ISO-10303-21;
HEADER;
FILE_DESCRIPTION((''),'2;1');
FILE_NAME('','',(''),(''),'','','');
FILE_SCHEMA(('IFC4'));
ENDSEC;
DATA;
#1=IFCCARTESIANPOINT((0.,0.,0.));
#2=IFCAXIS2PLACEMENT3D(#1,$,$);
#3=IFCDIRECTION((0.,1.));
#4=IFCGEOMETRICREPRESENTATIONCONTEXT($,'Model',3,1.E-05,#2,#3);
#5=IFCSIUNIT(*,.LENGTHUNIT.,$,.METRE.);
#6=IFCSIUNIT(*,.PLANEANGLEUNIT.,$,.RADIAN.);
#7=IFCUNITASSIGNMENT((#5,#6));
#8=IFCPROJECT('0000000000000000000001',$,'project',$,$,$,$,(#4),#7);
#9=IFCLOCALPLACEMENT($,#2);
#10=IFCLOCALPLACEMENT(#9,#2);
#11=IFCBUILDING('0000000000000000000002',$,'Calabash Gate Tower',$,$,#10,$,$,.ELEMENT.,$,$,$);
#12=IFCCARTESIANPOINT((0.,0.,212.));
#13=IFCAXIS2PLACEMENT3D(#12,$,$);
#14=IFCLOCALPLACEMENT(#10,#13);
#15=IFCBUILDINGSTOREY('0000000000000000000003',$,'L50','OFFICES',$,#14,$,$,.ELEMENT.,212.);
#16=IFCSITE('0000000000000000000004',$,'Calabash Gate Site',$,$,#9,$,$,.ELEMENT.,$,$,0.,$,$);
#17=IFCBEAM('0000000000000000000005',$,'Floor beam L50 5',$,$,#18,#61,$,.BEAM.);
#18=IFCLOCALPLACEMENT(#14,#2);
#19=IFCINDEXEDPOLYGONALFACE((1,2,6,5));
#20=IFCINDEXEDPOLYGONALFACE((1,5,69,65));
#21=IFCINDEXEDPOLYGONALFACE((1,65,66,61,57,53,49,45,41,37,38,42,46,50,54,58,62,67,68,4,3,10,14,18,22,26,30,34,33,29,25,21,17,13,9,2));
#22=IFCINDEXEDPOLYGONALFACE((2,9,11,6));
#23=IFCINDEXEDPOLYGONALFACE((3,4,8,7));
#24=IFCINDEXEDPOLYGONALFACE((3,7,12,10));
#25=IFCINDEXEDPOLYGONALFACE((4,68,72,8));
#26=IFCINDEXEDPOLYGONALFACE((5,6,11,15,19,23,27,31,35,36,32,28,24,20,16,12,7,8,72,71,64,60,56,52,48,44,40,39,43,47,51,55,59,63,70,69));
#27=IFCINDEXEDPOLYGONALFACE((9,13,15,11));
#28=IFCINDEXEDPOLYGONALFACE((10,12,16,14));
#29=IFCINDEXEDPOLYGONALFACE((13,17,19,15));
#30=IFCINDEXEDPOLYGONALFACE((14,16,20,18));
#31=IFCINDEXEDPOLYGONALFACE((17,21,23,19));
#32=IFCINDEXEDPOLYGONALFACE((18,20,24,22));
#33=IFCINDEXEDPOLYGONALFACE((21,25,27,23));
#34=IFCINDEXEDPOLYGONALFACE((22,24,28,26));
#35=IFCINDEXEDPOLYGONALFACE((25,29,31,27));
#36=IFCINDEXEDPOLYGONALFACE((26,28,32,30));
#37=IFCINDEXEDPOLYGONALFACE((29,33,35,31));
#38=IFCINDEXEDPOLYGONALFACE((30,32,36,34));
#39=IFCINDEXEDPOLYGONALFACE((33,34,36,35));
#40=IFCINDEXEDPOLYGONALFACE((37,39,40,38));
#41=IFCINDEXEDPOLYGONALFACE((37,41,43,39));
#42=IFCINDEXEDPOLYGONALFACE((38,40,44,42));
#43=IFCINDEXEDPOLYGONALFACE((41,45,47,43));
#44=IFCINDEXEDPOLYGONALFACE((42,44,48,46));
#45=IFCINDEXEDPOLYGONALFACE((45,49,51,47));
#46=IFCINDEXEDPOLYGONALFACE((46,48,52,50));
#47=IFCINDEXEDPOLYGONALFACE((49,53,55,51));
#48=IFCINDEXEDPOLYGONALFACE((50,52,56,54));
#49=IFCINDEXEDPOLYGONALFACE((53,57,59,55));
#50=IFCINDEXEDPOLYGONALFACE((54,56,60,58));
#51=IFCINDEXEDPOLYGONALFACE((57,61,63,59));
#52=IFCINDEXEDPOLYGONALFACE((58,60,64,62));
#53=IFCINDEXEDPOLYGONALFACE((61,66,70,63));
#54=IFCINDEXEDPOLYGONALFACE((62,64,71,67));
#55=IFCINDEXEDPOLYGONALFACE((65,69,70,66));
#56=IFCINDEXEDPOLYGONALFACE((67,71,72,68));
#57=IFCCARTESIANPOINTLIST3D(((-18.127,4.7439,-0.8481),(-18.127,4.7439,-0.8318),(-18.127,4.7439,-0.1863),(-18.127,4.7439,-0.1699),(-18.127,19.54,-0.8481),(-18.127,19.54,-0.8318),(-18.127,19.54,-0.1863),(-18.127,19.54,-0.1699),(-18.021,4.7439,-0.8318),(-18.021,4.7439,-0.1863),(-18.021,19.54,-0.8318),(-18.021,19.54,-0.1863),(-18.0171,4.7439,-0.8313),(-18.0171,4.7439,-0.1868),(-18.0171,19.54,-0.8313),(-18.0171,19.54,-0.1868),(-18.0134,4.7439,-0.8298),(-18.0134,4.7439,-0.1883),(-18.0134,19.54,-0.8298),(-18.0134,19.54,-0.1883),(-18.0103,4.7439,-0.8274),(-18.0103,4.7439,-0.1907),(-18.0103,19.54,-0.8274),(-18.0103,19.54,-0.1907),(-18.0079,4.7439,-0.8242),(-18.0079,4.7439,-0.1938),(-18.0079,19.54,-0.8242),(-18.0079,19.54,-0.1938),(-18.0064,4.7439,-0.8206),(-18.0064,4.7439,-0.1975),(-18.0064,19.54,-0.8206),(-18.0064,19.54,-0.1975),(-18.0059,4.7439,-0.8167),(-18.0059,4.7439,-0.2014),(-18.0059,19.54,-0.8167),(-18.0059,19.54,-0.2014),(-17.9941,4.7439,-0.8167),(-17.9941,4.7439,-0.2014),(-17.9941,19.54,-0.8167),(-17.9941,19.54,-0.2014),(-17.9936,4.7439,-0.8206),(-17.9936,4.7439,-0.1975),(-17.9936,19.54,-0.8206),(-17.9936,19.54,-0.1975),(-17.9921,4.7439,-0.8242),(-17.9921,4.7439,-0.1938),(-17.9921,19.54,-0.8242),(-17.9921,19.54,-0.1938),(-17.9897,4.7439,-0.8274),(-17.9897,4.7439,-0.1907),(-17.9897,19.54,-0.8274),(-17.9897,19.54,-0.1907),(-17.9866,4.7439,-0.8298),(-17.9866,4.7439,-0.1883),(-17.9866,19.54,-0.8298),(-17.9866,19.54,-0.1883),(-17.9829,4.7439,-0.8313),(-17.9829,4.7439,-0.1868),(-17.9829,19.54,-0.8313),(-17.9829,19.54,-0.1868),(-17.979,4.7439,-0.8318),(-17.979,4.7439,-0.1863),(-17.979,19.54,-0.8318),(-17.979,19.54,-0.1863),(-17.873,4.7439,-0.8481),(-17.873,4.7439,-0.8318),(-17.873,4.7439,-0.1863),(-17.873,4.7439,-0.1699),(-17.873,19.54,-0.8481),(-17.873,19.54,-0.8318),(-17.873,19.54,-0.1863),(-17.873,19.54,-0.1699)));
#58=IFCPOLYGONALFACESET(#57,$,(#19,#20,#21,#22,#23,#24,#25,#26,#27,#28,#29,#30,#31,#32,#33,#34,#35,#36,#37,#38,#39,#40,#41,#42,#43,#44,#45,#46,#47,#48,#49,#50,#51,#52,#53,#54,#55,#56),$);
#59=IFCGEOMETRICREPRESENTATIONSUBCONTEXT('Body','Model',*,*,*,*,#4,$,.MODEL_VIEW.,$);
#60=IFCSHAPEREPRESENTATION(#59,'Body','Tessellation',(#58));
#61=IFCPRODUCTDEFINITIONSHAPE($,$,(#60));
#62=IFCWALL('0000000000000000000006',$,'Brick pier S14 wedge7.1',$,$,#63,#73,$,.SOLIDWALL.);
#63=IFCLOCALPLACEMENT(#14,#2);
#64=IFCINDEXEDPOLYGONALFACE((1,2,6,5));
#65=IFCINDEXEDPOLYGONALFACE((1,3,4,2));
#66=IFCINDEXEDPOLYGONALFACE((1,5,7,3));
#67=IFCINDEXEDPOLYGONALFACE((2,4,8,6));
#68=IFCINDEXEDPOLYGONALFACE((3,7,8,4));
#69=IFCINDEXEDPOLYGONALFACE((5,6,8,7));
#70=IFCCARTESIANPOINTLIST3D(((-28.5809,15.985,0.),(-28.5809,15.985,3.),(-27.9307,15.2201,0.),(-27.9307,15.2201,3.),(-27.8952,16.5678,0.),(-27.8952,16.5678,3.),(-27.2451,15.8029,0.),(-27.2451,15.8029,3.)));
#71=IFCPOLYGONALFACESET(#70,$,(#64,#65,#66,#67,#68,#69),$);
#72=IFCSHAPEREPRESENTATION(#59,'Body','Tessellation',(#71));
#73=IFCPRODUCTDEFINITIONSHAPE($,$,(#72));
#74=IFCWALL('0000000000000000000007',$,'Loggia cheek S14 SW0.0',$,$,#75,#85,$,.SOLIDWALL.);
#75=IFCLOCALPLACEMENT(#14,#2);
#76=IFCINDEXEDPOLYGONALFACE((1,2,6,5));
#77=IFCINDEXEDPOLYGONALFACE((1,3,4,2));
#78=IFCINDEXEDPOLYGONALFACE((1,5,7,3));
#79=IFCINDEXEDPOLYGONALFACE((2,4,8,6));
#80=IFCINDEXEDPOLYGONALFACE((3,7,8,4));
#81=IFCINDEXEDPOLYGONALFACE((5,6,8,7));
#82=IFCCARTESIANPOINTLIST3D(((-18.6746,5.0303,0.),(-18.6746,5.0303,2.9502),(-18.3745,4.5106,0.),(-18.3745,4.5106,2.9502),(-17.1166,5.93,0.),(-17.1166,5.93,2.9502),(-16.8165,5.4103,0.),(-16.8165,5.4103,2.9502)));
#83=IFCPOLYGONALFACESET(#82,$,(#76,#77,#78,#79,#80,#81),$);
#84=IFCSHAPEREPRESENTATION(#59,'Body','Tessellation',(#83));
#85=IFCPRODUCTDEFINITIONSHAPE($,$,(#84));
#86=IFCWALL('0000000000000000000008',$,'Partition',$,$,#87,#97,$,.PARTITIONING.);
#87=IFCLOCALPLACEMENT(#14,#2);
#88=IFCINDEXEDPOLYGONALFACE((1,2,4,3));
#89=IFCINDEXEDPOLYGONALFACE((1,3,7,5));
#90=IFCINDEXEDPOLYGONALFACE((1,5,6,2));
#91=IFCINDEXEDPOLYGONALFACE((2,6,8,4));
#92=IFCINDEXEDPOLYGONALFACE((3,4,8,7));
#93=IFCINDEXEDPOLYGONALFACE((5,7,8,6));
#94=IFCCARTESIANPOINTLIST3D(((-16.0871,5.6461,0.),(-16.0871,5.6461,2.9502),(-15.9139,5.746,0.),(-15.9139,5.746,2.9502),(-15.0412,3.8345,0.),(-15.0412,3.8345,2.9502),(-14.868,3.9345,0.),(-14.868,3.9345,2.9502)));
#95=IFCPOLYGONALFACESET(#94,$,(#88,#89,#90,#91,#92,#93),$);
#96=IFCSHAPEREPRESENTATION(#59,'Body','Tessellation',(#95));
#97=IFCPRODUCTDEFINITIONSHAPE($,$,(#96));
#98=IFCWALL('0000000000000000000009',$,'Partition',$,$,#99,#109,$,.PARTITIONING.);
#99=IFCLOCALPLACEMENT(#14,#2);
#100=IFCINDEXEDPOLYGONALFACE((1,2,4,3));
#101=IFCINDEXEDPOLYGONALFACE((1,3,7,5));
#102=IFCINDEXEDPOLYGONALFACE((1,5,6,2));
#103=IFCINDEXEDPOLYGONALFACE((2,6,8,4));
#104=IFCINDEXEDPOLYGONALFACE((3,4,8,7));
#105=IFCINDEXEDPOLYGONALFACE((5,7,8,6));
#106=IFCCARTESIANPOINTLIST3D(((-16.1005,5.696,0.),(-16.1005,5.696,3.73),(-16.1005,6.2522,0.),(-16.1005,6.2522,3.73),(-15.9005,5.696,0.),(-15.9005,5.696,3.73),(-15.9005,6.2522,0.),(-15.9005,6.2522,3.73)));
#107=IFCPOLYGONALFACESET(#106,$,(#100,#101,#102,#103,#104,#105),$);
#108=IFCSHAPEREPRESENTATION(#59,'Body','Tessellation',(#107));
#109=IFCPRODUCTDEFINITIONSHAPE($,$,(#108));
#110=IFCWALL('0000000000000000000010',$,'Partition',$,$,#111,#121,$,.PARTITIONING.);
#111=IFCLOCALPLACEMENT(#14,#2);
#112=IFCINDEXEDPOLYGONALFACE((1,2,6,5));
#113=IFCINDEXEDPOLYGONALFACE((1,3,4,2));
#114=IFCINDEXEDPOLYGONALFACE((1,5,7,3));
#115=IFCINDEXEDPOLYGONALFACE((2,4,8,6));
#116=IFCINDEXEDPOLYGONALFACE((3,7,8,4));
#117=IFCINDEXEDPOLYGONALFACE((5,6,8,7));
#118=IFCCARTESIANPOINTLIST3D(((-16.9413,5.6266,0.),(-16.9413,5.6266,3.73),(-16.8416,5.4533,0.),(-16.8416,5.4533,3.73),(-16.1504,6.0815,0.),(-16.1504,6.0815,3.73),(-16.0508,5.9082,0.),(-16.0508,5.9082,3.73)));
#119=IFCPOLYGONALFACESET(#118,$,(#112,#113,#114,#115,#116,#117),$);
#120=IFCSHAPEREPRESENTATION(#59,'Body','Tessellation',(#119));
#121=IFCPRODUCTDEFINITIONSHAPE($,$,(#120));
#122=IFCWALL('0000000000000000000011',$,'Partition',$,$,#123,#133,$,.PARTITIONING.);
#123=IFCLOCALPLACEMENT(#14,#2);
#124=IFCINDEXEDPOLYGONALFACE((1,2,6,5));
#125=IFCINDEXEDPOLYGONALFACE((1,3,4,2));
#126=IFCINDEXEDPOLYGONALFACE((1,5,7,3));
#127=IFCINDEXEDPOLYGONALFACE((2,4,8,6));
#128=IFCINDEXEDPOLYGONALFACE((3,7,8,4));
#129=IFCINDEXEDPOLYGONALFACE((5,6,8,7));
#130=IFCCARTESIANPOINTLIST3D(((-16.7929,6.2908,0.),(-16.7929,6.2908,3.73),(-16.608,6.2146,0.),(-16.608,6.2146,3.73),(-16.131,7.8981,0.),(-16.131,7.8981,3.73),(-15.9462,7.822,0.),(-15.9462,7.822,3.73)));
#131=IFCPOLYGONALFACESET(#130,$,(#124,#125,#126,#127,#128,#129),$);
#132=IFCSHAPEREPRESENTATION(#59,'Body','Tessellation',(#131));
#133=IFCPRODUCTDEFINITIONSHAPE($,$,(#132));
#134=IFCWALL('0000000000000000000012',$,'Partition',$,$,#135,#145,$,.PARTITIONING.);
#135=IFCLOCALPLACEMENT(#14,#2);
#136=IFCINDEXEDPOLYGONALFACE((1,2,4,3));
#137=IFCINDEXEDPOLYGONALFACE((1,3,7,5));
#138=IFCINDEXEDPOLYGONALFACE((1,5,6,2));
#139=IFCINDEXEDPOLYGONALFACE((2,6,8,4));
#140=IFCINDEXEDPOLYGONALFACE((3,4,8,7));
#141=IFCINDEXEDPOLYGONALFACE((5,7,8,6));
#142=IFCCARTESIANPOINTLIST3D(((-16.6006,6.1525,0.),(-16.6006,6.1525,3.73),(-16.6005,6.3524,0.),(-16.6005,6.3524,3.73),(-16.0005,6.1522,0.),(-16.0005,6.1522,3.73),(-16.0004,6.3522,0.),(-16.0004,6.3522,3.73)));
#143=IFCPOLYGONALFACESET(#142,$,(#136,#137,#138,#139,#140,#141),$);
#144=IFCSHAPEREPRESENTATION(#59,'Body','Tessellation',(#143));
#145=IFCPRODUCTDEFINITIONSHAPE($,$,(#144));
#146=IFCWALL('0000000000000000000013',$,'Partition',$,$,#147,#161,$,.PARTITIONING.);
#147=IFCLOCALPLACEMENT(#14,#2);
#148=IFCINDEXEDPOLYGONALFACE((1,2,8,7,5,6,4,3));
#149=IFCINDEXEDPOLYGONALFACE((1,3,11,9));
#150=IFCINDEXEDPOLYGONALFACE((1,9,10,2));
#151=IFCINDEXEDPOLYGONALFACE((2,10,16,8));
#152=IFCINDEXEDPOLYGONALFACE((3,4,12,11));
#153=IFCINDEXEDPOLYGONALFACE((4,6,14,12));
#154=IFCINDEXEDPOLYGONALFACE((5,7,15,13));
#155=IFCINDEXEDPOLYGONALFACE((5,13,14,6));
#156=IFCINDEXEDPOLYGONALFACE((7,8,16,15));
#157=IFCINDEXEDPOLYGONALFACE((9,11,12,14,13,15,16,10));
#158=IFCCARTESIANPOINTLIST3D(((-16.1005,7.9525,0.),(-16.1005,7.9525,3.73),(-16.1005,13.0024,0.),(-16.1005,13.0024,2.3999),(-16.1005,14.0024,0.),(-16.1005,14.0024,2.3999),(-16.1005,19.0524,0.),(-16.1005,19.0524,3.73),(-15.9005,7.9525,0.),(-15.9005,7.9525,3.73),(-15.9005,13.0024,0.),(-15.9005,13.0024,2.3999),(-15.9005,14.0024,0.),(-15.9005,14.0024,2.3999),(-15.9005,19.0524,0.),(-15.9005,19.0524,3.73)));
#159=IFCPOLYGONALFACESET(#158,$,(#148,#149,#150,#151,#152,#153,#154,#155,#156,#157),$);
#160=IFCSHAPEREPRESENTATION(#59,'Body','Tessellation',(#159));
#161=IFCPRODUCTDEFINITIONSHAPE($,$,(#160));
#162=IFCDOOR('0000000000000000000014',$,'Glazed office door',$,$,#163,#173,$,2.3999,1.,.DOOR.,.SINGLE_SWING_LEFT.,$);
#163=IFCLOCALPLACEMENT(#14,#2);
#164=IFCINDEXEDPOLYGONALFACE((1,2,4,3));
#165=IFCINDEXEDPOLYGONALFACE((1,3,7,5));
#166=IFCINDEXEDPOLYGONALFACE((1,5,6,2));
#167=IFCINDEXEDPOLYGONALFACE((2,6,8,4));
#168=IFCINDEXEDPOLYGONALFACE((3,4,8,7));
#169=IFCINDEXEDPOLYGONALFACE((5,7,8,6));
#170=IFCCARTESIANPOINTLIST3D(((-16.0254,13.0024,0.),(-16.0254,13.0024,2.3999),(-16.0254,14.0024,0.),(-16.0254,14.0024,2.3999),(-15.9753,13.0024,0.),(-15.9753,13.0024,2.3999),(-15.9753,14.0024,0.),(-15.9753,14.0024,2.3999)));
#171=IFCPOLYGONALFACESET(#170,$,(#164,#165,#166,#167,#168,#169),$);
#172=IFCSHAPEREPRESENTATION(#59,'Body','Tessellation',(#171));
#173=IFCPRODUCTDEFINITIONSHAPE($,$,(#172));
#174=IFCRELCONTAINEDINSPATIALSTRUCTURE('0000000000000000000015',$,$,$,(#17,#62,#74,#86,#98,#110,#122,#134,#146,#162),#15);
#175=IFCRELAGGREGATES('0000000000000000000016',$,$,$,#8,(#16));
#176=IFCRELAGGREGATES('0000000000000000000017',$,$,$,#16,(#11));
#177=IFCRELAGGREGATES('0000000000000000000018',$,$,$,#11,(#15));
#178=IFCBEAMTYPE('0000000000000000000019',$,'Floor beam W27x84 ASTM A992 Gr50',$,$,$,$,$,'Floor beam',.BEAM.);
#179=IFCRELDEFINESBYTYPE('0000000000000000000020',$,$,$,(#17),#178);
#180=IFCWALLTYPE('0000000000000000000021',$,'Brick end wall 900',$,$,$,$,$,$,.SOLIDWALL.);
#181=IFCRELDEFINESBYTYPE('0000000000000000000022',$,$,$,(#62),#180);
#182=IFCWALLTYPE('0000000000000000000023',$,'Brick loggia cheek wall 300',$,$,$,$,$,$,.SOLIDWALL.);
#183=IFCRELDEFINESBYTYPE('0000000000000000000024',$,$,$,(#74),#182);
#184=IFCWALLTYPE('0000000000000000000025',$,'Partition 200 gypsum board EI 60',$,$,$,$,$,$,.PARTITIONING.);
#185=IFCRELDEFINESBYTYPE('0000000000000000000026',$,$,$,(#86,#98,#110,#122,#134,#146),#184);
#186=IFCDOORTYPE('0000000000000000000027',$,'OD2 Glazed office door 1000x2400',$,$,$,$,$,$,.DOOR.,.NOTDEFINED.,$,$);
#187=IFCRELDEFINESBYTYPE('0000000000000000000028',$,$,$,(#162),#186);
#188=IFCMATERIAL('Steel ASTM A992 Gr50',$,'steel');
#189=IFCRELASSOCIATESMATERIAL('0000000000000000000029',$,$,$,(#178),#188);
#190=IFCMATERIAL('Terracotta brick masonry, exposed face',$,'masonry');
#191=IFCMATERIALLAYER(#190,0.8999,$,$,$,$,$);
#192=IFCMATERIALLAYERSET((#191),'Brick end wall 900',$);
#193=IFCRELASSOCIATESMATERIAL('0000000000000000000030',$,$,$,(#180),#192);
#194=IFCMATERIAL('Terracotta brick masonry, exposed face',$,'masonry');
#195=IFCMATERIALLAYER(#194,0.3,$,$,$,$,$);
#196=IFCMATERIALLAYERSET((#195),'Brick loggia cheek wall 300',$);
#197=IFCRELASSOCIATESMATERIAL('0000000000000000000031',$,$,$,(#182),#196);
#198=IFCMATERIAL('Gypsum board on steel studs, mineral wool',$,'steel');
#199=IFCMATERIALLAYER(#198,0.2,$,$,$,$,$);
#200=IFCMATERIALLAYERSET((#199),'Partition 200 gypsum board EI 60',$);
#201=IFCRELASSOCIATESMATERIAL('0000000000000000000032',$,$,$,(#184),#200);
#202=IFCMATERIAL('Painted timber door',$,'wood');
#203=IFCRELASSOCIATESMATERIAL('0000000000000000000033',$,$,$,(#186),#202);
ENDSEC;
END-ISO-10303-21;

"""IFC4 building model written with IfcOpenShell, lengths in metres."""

from ifc_helpers import new_model, si_unit, direction, frame, frame_2d, origin, origin_2d, place, context, subcontext, project, spatial, rectangle, i_section, extrude, material, layer, layer_set, material_profile, profile_set, type_object, element, fill, save


model = new_model("IFC4")

# Units and contexts
model_context = context("Model", 3, precision=1e-05, world=origin(), true_north=direction((0.0, 1.0)))
body_context = subcontext(model_context, "Body", "Model", "MODEL_VIEW")
ifc_project = project(units=[si_unit("LENGTHUNIT", "METRE"), si_unit("PLANEANGLEUNIT", "RADIAN")], contexts=[model_context])

# Site, building, storey
site_placement = place(None, origin())
site = spatial("IfcSite", under=ifc_project, at=site_placement, Name="Calabash Gate Site", CompositionType="ELEMENT", RefElevation=0.0)
building_placement = place(site_placement, origin())
building = spatial("IfcBuilding", under=site, at=building_placement, Name="Calabash Gate Tower", CompositionType="ELEMENT")
storey_placement = place(building_placement, frame((0.0, 0.0, 212.0)))
storey = spatial("IfcBuildingStorey", under=building, at=storey_placement, Name="L50", Description="OFFICES", CompositionType="ELEMENT", Elevation=212.0)

# Beam
ifc_material_1 = material(Name="Steel ASTM A992 Gr50", Category="steel")
ifc_material_profile_1 = material_profile(ifc_material_1, i_section(OverallWidth=0.2539, OverallDepth=0.6782, WebThickness=0.0117, FlangeThickness=0.0164, FilletRadius=0.0151, at=origin_2d()))
ifc_profile_set_1 = profile_set([ifc_material_profile_1], Name="Steel ASTM A992 Gr50")
beam_type_1 = type_object("IfcBeamType", Name="Floor beam W27x84 ASTM A992 Gr50", ElementType="Floor beam", PredefinedType="BEAM", material=ifc_profile_set_1)
beam_1_placement = place(storey_placement, frame((-18.0, 4.7439, -0.509), z_axis=(0.0, 1.0, 0.0), x_axis=(-1.0, 0.0, 0.0)))
element("IfcBeam", 1, at=beam_1_placement, inside=storey, type_object=beam_type_1, Name="Floor beam L50 5", PredefinedType="BEAM", context=body_context, shape_type="SweptSolid", body=[
    extrude(i_section(OverallWidth=0.2539, OverallDepth=0.6782, WebThickness=0.0117, FlangeThickness=0.0164, FilletRadius=0.0151, at=origin_2d()), origin(), (0.0, 0.0, 1.0), 14.7961),
])

# Walls
ifc_material_2 = material(Name="Terracotta brick masonry, exposed face", Category="masonry")
ifc_layer_1 = layer(ifc_material_2, 0.8999)
ifc_layer_set_1 = layer_set([ifc_layer_1], Name="Brick end wall 900")
wall_type_1 = type_object("IfcWallType", Name="Brick end wall 900", PredefinedType="SOLIDWALL", material=ifc_layer_set_1)
wall_1_placement = place(storey_placement, frame((-27.5879, 15.5115, 0.0), z_axis=(0.0, 0.0, 1.0), x_axis=(-0.647641, 0.761945, 0.0)))
element("IfcWall", 2, at=wall_1_placement, inside=storey, type_object=wall_type_1, Name="Brick pier S14 wedge7.1", PredefinedType="SOLIDWALL", context=body_context, shape_type="SweptSolid", body=[
    extrude(rectangle(XDim=1.0039, YDim=0.8999, at=frame_2d((0.502, 0.0))), origin(), (0.0, 0.0, 1.0), 3.0),
])
ifc_material_3 = material(Name="Terracotta brick masonry, exposed face", Category="masonry")
ifc_layer_2 = layer(ifc_material_3, 0.3)
ifc_layer_set_2 = layer_set([ifc_layer_2], Name="Brick loggia cheek wall 300")
wall_type_2 = type_object("IfcWallType", Name="Brick loggia cheek wall 300", PredefinedType="SOLIDWALL", material=ifc_layer_set_2)
wall_2_placement = place(storey_placement, frame((-18.5244, 4.7705, 0.0), z_axis=(0.0, 0.0, 1.0), x_axis=(0.865971, 0.500094, 0.0)))
element("IfcWall", 3, at=wall_2_placement, inside=storey, type_object=wall_type_2, Name="Loggia cheek S14 SW0.0", PredefinedType="SOLIDWALL", context=body_context, shape_type="SweptSolid", body=[
    extrude(rectangle(XDim=1.7991, YDim=0.6001, at=frame_2d((0.8994, 0.0))), origin(), (0.0, 0.0, 1.0), 2.9502),
])
ifc_material_4 = material(Name="Gypsum board on steel studs, mineral wool", Category="steel")
ifc_layer_3 = layer(ifc_material_4, 0.2)
ifc_layer_set_3 = layer_set([ifc_layer_3], Name="Partition 200 gypsum board EI 60")
wall_type_3 = type_object("IfcWallType", Name="Partition 200 gypsum board EI 60", PredefinedType="PARTITIONING", material=ifc_layer_set_3)
wall_3_placement = place(storey_placement, frame((-16.0005, 5.696, 0.0), z_axis=(0.0, 0.0, 1.0), x_axis=(0.500005, -0.866022, 0.0)))
element("IfcWall", 4, at=wall_3_placement, inside=storey, type_object=wall_type_3, Name="Partition", PredefinedType="PARTITIONING", context=body_context, shape_type="SweptSolid", body=[
    extrude(rectangle(XDim=2.0918, YDim=0.2, at=frame_2d((1.0459, 0.0))), origin(), (0.0, 0.0, 1.0), 2.9502),
])
wall_4_placement = place(storey_placement, frame((-16.0005, 6.2522, 0.0), z_axis=(0.0, 0.0, 1.0), x_axis=(0.0, -1.0, 0.0)))
element("IfcWall", 5, at=wall_4_placement, inside=storey, type_object=wall_type_3, Name="Partition", PredefinedType="PARTITIONING", context=body_context, shape_type="SweptSolid", body=[
    extrude(rectangle(XDim=0.5562, YDim=0.2, at=frame_2d((0.2781, 0.0))), origin(), (0.0, 0.0, 1.0), 3.73),
])
wall_5_placement = place(storey_placement, frame((-16.8914, 5.54, 0.0), z_axis=(0.0, 0.0, 1.0), x_axis=(0.86684, 0.498587, 0.0)))
element("IfcWall", 6, at=wall_5_placement, inside=storey, type_object=wall_type_3, Name="Partition", PredefinedType="PARTITIONING", context=body_context, shape_type="SweptSolid", body=[
    extrude(rectangle(XDim=0.9124, YDim=0.2, at=frame_2d((0.4561, 0.0))), origin(), (0.0, 0.0, 1.0), 3.73),
])
wall_6_placement = place(storey_placement, frame((-16.7004, 6.2527, 0.0), z_axis=(0.0, 0.0, 1.0), x_axis=(0.380743, 0.924681, 0.0)))
element("IfcWall", 7, at=wall_6_placement, inside=storey, type_object=wall_type_3, Name="Partition", PredefinedType="PARTITIONING", context=body_context, shape_type="SweptSolid", body=[
    extrude(rectangle(XDim=1.7383, YDim=0.2, at=frame_2d((0.8691, 0.0))), origin(), (0.0, 0.0, 1.0), 3.73),
])
wall_7_placement = place(storey_placement, frame((-16.6006, 6.2524, 0.0), z_axis=(0.0, 0.0, 1.0), x_axis=(1.0, -0.000407, 0.0)))
element("IfcWall", 8, at=wall_7_placement, inside=storey, type_object=wall_type_3, Name="Partition", PredefinedType="PARTITIONING", context=body_context, shape_type="SweptSolid", body=[
    extrude(rectangle(XDim=0.6001, YDim=0.2, at=frame_2d((0.3, 0.0))), origin(), (0.0, 0.0, 1.0), 3.73),
])

# Wall, opening, door
wall_8_placement = place(storey_placement, frame((-16.0005, 7.9526, 0.0), z_axis=(0.0, 0.0, 1.0), x_axis=(0.0, 1.0, 0.0)))
wall_8 = element("IfcWall", 9, at=wall_8_placement, inside=storey, type_object=wall_type_3, Name="Partition", PredefinedType="PARTITIONING", context=body_context, shape_type="SweptSolid", body=[
    extrude(rectangle(XDim=11.0999, YDim=0.2, at=frame_2d((5.5498, 0.0))), origin(), (0.0, 0.0, 1.0), 3.73),
])
opening_1_placement = place(wall_8_placement, frame((5.0498, 0.0, 0.0)))
opening_1 = element("IfcOpeningElement", 10, at=opening_1_placement, cuts=wall_8, PredefinedType="OPENING", context=body_context, shape_type="SweptSolid", body=[
    extrude(rectangle(XDim=1.0, YDim=2.3999, at=frame_2d((0.5, 1.2))), frame((0.0, 0.1099, 0.0), z_axis=(0.0, -1.0, 0.0), x_axis=(1.0, 0.0, 0.0)), (0.0, 0.0, 1.0), 0.22),
])
ifc_material_5 = material(Name="Painted timber door", Category="wood")
door_type_1 = type_object("IfcDoorType", Name="OD2 Glazed office door 1000x2400", OperationType="NOTDEFINED", PredefinedType="DOOR", material=ifc_material_5)
door_1_placement = place(opening_1_placement, origin())
door_1 = element("IfcDoor", 11, at=door_1_placement, inside=storey, type_object=door_type_1, Name="Glazed office door", OperationType="SINGLE_SWING_LEFT", OverallHeight=2.3999, OverallWidth=1.0, PredefinedType="DOOR", context=body_context, shape_type="SweptSolid", body=[
    extrude(rectangle(XDim=1.0, YDim=2.3999, at=frame_2d((0.5, 1.2))), frame((0.0, 0.0249, 0.0), z_axis=(0.0, -1.0, 0.0), x_axis=(1.0, 0.0, 0.0)), (0.0, 0.0, 1.0), 0.05),
])
fill(opening_1, door_1)

save(model, "model.ifc")
